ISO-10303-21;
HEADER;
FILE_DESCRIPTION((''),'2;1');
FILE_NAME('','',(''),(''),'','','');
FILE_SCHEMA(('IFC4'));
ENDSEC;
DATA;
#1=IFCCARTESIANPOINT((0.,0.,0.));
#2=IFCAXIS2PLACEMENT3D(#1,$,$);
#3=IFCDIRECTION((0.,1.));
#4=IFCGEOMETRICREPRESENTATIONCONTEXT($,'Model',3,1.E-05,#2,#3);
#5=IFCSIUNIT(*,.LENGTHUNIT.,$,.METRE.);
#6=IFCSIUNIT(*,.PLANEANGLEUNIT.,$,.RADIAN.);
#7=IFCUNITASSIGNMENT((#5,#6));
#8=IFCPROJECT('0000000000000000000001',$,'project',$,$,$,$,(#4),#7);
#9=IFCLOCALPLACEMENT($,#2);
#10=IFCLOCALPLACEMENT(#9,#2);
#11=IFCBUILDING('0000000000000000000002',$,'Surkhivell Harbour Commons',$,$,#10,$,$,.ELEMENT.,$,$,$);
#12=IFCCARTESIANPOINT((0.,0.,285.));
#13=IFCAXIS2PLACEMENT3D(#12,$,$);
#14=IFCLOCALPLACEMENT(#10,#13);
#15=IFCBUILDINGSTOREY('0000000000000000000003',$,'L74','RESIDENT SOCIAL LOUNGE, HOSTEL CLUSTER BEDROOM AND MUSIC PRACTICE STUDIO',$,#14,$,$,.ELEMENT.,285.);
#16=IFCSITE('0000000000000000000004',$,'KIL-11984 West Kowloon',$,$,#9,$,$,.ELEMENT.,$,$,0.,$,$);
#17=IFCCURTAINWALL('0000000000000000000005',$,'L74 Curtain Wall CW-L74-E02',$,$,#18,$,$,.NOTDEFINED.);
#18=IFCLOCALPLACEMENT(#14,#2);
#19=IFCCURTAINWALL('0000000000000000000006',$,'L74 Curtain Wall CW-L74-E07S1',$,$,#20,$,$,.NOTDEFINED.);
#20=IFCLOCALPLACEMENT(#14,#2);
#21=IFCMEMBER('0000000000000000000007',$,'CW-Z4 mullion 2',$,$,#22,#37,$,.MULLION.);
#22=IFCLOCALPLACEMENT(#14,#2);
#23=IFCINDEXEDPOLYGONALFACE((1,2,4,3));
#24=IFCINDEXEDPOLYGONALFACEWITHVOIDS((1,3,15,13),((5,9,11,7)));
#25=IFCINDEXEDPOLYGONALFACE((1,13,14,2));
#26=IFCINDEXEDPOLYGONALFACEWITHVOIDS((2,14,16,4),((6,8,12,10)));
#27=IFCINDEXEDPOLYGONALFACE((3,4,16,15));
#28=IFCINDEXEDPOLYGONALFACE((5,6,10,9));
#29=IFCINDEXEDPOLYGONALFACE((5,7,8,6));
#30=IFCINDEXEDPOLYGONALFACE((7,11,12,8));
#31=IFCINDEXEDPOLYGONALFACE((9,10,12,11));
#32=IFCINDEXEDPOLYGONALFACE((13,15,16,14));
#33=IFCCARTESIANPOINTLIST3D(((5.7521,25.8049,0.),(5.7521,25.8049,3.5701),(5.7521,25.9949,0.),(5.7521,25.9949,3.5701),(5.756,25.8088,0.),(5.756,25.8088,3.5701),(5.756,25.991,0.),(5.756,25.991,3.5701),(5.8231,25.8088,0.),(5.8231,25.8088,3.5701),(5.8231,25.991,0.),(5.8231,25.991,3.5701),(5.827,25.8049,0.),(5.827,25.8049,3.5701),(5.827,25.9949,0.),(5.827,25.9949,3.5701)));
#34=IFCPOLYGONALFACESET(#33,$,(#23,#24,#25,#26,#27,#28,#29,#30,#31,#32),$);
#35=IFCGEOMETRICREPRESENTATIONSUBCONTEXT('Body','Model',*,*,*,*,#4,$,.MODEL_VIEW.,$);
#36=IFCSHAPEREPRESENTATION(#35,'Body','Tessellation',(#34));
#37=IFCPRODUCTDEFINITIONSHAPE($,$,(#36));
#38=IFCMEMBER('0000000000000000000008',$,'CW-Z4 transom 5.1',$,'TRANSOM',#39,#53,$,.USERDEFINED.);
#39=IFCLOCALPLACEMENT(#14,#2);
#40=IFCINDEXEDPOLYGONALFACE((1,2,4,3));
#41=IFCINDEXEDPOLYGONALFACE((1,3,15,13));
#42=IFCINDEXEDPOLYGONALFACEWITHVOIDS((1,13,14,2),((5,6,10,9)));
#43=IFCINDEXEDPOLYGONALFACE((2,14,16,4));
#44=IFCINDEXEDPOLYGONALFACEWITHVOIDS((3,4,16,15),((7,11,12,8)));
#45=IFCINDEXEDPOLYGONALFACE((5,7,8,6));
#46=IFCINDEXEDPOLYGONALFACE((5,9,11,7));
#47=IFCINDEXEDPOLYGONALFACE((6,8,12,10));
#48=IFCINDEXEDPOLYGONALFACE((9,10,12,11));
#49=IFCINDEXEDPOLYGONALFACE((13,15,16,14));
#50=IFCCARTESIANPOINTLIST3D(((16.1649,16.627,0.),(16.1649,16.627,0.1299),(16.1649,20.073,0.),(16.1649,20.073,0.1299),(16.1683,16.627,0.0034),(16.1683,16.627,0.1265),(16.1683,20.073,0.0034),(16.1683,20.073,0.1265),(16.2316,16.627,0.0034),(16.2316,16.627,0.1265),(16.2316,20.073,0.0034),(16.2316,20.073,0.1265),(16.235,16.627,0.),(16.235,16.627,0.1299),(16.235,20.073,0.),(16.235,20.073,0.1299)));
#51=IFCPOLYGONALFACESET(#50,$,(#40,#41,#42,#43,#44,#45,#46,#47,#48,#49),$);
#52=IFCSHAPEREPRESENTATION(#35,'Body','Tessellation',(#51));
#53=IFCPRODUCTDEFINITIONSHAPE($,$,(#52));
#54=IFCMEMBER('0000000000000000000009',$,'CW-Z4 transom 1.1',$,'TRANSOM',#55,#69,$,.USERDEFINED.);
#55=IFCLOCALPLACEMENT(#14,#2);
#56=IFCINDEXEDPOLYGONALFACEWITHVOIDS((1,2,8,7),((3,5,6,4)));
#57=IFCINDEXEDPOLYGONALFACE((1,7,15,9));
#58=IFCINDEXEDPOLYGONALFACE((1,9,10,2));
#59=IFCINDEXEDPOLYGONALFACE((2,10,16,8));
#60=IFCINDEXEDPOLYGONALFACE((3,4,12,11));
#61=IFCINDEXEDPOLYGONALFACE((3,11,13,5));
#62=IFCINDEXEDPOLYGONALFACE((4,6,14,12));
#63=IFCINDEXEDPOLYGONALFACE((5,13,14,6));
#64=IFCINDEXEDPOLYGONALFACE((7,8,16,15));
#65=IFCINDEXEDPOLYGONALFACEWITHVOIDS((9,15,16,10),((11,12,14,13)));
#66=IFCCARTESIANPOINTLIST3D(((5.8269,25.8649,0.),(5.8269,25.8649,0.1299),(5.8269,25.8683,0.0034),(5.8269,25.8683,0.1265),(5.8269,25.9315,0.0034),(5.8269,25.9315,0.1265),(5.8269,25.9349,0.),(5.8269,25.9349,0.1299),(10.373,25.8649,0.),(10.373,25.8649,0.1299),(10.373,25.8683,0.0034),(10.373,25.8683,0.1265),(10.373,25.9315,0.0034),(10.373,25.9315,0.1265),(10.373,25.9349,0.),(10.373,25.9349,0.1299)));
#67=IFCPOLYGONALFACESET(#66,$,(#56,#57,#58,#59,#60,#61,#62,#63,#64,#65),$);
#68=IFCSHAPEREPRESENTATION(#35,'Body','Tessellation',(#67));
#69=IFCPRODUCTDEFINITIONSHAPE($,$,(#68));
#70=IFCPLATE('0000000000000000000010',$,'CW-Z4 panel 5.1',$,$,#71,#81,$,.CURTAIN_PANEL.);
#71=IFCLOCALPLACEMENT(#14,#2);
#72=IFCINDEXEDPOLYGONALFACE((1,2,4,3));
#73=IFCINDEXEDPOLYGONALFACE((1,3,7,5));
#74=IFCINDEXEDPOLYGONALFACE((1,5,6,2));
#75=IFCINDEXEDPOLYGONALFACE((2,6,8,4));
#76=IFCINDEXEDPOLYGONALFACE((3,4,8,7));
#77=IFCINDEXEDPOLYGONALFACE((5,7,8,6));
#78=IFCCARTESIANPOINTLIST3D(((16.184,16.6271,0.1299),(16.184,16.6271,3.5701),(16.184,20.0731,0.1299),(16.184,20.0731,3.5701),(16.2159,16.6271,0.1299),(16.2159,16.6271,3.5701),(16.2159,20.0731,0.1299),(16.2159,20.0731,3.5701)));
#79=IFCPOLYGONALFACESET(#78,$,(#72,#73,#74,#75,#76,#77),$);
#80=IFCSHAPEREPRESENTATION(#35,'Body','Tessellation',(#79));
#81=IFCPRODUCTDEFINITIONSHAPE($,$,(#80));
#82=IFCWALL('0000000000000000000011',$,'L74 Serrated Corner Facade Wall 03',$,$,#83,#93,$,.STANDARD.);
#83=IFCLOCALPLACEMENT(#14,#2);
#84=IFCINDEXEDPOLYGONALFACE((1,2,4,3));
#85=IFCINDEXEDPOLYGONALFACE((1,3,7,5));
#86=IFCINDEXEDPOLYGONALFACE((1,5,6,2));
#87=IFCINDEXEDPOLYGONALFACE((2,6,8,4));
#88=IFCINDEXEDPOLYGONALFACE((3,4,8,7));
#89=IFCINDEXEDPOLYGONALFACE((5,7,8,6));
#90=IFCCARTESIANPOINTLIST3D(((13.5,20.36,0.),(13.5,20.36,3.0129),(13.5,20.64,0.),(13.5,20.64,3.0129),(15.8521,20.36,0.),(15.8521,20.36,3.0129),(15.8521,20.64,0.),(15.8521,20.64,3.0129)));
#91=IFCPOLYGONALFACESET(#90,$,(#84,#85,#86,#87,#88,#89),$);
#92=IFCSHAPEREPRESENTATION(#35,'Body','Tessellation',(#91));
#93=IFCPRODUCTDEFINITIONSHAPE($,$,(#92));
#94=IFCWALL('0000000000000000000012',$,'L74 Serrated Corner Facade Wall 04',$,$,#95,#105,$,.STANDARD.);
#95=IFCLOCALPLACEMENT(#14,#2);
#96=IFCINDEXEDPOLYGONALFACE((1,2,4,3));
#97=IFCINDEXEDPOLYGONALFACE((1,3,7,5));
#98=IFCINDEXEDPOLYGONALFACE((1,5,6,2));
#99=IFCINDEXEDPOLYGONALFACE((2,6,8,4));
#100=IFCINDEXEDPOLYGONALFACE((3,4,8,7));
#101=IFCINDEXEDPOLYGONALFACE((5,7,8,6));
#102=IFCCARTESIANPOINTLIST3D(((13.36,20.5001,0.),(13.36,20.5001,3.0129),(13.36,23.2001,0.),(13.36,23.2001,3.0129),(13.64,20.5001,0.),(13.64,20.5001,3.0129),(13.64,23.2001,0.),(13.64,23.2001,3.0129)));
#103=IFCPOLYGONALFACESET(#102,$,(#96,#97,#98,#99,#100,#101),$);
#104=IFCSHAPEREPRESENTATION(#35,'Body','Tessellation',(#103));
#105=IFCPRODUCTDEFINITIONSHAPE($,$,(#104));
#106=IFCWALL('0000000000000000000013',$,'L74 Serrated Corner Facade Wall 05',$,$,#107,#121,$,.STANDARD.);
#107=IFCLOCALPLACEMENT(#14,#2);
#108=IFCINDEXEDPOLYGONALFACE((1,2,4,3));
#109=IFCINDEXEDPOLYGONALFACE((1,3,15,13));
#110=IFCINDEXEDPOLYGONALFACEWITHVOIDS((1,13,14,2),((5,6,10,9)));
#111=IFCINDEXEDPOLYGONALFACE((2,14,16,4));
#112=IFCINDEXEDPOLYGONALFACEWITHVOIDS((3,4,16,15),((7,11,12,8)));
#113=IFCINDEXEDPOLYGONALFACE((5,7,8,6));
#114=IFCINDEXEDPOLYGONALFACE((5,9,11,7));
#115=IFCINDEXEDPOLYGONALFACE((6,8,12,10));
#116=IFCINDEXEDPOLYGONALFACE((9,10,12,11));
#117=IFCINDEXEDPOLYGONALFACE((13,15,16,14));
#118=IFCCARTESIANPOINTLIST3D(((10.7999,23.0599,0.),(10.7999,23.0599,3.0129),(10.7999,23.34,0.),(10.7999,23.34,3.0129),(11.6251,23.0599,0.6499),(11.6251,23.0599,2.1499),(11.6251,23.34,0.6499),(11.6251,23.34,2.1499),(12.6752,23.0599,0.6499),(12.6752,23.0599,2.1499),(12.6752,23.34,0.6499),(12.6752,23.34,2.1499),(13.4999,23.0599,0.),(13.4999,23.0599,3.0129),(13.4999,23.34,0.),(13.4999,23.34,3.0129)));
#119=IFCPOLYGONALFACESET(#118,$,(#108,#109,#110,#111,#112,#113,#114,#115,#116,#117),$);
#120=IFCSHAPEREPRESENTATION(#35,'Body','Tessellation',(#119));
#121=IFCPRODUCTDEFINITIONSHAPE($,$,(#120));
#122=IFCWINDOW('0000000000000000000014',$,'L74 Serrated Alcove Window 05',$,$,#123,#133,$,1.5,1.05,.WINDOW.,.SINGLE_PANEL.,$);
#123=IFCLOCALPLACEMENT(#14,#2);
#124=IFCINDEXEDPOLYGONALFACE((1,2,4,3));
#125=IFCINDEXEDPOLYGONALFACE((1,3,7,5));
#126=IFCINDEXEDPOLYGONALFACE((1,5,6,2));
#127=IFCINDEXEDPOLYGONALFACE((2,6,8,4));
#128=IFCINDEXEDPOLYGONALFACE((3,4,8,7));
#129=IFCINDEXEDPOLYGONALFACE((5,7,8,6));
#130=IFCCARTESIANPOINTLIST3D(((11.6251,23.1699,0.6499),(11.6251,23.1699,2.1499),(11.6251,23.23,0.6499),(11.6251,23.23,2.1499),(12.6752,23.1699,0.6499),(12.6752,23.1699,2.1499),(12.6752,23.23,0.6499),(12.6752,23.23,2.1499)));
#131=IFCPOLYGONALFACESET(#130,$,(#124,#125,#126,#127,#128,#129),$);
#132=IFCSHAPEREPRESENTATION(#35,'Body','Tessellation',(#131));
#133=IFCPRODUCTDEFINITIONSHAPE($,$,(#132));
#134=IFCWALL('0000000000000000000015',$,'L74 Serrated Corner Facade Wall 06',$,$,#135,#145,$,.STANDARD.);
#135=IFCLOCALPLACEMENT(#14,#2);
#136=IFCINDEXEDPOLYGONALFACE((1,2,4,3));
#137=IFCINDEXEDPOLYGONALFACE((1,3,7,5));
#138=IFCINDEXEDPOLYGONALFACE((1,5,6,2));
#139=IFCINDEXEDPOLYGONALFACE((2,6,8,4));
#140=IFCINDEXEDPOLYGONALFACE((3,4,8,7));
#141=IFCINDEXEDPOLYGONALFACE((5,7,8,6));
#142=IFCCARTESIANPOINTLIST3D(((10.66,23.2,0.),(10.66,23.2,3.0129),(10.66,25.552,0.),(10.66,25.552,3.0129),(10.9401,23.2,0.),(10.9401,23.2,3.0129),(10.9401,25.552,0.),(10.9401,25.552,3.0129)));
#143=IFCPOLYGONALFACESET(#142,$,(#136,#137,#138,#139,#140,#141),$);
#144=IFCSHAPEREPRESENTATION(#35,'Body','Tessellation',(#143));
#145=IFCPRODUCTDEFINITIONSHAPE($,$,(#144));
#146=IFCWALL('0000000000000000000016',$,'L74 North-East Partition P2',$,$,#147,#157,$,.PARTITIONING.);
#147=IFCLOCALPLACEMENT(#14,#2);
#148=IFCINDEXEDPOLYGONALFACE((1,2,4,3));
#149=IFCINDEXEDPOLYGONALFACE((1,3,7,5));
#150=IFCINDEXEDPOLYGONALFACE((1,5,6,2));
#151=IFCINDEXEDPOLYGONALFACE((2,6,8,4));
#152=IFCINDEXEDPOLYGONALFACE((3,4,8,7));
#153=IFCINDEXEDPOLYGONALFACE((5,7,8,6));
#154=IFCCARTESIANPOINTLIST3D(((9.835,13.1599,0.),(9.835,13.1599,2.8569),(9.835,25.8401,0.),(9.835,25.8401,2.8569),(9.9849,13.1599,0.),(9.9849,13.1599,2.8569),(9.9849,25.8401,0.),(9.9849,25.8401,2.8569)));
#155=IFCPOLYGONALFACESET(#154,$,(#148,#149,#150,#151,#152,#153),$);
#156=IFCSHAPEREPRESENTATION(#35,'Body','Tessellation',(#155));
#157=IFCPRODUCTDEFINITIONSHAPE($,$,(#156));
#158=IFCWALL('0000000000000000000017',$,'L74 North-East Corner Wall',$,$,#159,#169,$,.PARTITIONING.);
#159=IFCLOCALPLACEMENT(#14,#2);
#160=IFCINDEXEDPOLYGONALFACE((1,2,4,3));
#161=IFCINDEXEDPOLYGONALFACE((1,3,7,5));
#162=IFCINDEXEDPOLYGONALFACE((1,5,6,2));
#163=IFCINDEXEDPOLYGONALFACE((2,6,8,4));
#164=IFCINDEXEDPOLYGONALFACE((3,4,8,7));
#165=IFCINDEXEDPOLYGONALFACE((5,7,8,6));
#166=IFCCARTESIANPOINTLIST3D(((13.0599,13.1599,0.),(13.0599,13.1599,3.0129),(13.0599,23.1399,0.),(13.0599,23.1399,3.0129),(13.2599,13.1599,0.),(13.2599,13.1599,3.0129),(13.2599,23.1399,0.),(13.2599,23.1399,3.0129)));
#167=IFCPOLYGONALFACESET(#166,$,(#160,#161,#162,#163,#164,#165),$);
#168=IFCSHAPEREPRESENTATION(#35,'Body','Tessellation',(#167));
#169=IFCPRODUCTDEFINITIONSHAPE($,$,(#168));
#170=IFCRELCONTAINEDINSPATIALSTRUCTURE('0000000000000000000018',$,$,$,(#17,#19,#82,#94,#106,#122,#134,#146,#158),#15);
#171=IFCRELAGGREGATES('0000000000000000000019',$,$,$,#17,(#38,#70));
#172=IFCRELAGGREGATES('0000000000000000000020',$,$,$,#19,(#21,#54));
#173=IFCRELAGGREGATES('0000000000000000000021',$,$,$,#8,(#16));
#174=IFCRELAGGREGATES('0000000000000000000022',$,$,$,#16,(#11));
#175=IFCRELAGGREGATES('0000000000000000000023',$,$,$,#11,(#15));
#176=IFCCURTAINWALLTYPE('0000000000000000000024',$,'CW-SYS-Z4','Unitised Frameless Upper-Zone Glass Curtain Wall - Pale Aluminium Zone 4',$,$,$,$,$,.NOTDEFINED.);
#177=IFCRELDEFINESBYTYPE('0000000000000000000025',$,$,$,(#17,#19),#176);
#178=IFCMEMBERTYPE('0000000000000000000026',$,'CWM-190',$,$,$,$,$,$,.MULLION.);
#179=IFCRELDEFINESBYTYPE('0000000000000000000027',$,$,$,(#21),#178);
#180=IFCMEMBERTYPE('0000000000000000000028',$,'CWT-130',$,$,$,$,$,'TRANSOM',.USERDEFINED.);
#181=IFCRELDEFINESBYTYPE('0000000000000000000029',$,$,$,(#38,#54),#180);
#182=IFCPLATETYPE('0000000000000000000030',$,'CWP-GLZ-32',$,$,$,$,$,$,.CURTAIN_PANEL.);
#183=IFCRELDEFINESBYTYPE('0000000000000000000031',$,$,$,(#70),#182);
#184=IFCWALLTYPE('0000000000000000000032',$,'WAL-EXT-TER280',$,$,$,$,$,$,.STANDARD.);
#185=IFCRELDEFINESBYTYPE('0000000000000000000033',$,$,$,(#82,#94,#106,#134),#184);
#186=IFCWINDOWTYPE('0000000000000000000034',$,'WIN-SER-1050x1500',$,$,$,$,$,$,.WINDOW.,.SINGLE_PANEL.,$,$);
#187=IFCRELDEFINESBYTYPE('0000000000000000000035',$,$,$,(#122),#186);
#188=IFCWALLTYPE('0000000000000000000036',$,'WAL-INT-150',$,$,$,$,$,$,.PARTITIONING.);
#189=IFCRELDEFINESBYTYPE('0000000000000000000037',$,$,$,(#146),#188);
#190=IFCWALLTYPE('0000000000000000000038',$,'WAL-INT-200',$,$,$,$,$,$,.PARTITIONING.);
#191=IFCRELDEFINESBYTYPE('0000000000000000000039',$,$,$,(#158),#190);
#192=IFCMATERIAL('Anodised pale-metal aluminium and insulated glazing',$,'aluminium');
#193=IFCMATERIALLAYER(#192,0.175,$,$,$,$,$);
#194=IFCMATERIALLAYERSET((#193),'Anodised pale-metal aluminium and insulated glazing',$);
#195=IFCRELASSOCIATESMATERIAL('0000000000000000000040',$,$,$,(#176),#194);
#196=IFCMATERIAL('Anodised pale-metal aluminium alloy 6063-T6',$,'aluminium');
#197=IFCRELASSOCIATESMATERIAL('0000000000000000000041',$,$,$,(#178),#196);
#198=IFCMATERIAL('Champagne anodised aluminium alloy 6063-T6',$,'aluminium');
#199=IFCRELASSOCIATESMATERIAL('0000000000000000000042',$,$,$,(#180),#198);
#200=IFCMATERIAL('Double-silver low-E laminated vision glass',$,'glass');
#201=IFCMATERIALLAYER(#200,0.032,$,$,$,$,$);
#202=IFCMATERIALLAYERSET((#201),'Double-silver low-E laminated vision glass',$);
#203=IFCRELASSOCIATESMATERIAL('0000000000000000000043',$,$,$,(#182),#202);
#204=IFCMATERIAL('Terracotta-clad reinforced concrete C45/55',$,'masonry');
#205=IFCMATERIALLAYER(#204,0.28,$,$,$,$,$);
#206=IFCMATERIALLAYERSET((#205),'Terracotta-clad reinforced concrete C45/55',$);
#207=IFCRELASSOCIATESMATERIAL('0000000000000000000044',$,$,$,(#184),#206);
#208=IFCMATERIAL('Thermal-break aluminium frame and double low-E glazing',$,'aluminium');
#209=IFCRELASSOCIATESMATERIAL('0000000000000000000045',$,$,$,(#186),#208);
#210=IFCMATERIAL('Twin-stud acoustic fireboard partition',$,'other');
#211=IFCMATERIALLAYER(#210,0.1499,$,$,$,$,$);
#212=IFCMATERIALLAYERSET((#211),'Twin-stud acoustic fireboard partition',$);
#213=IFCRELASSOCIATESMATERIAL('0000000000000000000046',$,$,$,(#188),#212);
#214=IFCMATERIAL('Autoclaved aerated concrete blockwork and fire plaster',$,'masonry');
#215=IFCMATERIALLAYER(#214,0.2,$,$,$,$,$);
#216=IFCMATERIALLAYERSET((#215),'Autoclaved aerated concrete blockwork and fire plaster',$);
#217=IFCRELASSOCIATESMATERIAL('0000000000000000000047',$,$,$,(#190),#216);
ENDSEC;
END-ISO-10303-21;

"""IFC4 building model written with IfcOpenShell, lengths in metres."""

from ifc_helpers import new_model, si_unit, direction, frame, frame_2d, origin, origin_2d, place, context, subcontext, project, spatial, rectangle, hollow_rectangle, extrude, material, layer, layer_set, material_profile, profile_set, type_object, element, fill, aggregate, save


model = new_model("IFC4")

# Units and contexts
model_context = context("Model", 3, precision=1e-05, world=origin(), true_north=direction((0.0, 1.0)))
body_context = subcontext(model_context, "Body", "Model", "MODEL_VIEW")
ifc_project = project(units=[si_unit("LENGTHUNIT", "METRE"), si_unit("PLANEANGLEUNIT", "RADIAN")], contexts=[model_context])

# Site, building, storey
site_placement = place(None, origin())
site = spatial("IfcSite", under=ifc_project, at=site_placement, Name="KIL-11984 West Kowloon", CompositionType="ELEMENT", RefElevation=0.0)
building_placement = place(site_placement, origin())
building = spatial("IfcBuilding", under=site, at=building_placement, Name="Surkhivell Harbour Commons", CompositionType="ELEMENT")
storey_placement = place(building_placement, frame((0.0, 0.0, 285.0)))
storey = spatial("IfcBuildingStorey", under=building, at=storey_placement, Name="L74", Description="RESIDENT SOCIAL LOUNGE, HOSTEL CLUSTER BEDROOM AND MUSIC PRACTICE STUDIO", CompositionType="ELEMENT", Elevation=285.0)

# Curtain walls, member
ifc_material_1 = material(Name="Anodised pale-metal aluminium and insulated glazing", Category="aluminium")
ifc_layer_1 = layer(ifc_material_1, 0.175)
ifc_layer_set_1 = layer_set([ifc_layer_1], Name="Anodised pale-metal aluminium and insulated glazing")
curtain_wall_type = type_object("IfcCurtainWallType", Name="CW-SYS-Z4", Description="Unitised Frameless Upper-Zone Glass Curtain Wall - Pale Aluminium Zone 4", PredefinedType="NOTDEFINED", material=ifc_layer_set_1)
curtain_wall_1_placement = place(storey_placement, origin())
curtain_wall_1 = element("IfcCurtainWall", 1, at=curtain_wall_1_placement, inside=storey, type_object=curtain_wall_type, Name="L74 Curtain Wall CW-L74-E02", PredefinedType="NOTDEFINED")
ifc_material_2 = material(Name="Anodised pale-metal aluminium alloy 6063-T6", Category="aluminium")
ifc_material_profile_1 = material_profile(ifc_material_2, hollow_rectangle(XDim=0.075, YDim=0.1899, WallThickness=0.0039, at=origin_2d()), Name="ALU-MULL-75x190")
ifc_profile_set_1 = profile_set([ifc_material_profile_1], Name="Anodised pale-metal aluminium alloy 6063-T6")
member_type_1 = type_object("IfcMemberType", Name="CWM-190", PredefinedType="MULLION", material=ifc_profile_set_1)
curtain_wall_2_placement = place(storey_placement, origin())
curtain_wall_2 = element("IfcCurtainWall", 2, at=curtain_wall_2_placement, inside=storey, type_object=curtain_wall_type, Name="L74 Curtain Wall CW-L74-E07S1", PredefinedType="NOTDEFINED")
member_1_placement = place(storey_placement, frame((5.7896, 25.8999, 0.0), z_axis=(0.0, 0.0, 1.0), x_axis=(-1.0, 0.0, 0.0)))
member_1 = element("IfcMember", 3, at=member_1_placement, type_object=member_type_1, Name="CW-Z4 mullion 2", PredefinedType="MULLION", context=body_context, shape_type="SweptSolid", body=[
    extrude(hollow_rectangle(XDim=0.075, YDim=0.1899, WallThickness=0.0039, at=origin_2d()), origin(), (0.0, 0.0, 1.0), 3.5701),
])

# Members
ifc_material_3 = material(Name="Champagne anodised aluminium alloy 6063-T6", Category="aluminium")
ifc_material_profile_2 = material_profile(ifc_material_3, hollow_rectangle(XDim=0.0701, YDim=0.1299, WallThickness=0.0034, at=origin_2d()), Name="ALU-TRAN-70x130")
ifc_profile_set_2 = profile_set([ifc_material_profile_2], Name="Champagne anodised aluminium alloy 6063-T6")
member_type_2 = type_object("IfcMemberType", Name="CWT-130", ElementType="TRANSOM", PredefinedType="USERDEFINED", material=ifc_profile_set_2)
member_2_placement = place(storey_placement, frame((16.2, 16.627, 0.0649), z_axis=(0.0, 1.0, 0.0), x_axis=(-1.0, 0.0, 0.0)))
member_2 = element("IfcMember", 4, at=member_2_placement, type_object=member_type_2, Name="CW-Z4 transom 5.1", ObjectType="TRANSOM", PredefinedType="USERDEFINED", context=body_context, shape_type="SweptSolid", body=[
    extrude(hollow_rectangle(XDim=0.0701, YDim=0.1299, WallThickness=0.0034, at=origin_2d()), origin(), (0.0, 0.0, 1.0), 3.446),
])
member_3_placement = place(storey_placement, frame((10.373, 25.8999, 0.0649), z_axis=(-1.0, 0.0, 0.0), x_axis=(0.0, -1.0, 0.0)))
member_3 = element("IfcMember", 5, at=member_3_placement, type_object=member_type_2, Name="CW-Z4 transom 1.1", ObjectType="TRANSOM", PredefinedType="USERDEFINED", context=body_context, shape_type="SweptSolid", body=[
    extrude(hollow_rectangle(XDim=0.0701, YDim=0.1299, WallThickness=0.0034, at=origin_2d()), origin(), (0.0, 0.0, 1.0), 4.5461),
])

# Plate
ifc_material_4 = material(Name="Double-silver low-E laminated vision glass", Category="glass")
ifc_layer_2 = layer(ifc_material_4, 0.032)
ifc_layer_set_2 = layer_set([ifc_layer_2], Name="Double-silver low-E laminated vision glass")
plate_type = type_object("IfcPlateType", Name="CWP-GLZ-32", PredefinedType="CURTAIN_PANEL", material=ifc_layer_set_2)
plate_1_placement = place(storey_placement, frame((16.2, 16.627, 0.1299), z_axis=(0.0, 0.0, 1.0), x_axis=(0.0, 1.0, 0.0)))
plate_1 = element("IfcPlate", 6, at=plate_1_placement, type_object=plate_type, Name="CW-Z4 panel 5.1", PredefinedType="CURTAIN_PANEL", context=body_context, shape_type="SweptSolid", body=[
    extrude(rectangle(XDim=3.446, YDim=0.032, at=frame_2d((1.7231, 0.0))), origin(), (0.0, 0.0, 1.0), 3.4402),
])
aggregate(curtain_wall_1, [member_2, plate_1])
aggregate(curtain_wall_2, [member_1, member_3])

# Walls
ifc_material_5 = material(Name="Terracotta-clad reinforced concrete C45/55", Category="masonry")
ifc_layer_3 = layer(ifc_material_5, 0.28)
ifc_layer_set_3 = layer_set([ifc_layer_3], Name="Terracotta-clad reinforced concrete C45/55")
wall_type_1 = type_object("IfcWallType", Name="WAL-EXT-TER280", PredefinedType="STANDARD", material=ifc_layer_set_3)
wall_1_placement = place(storey_placement, frame((15.8521, 20.5, 0.0), z_axis=(0.0, 0.0, 1.0), x_axis=(-1.0, 0.0, 0.0)))
element("IfcWall", 7, at=wall_1_placement, inside=storey, type_object=wall_type_1, Name="L74 Serrated Corner Facade Wall 03", PredefinedType="STANDARD", context=body_context, shape_type="SweptSolid", body=[
    extrude(rectangle(XDim=2.3521, YDim=0.28, at=frame_2d((1.176, 0.0))), origin(), (0.0, 0.0, 1.0), 3.0129),
])
wall_2_placement = place(storey_placement, frame((13.5, 20.5, 0.0), z_axis=(0.0, 0.0, 1.0), x_axis=(0.0, 1.0, 0.0)))
element("IfcWall", 8, at=wall_2_placement, inside=storey, type_object=wall_type_1, Name="L74 Serrated Corner Facade Wall 04", PredefinedType="STANDARD", context=body_context, shape_type="SweptSolid", body=[
    extrude(rectangle(XDim=2.7, YDim=0.28, at=frame_2d((1.3501, 0.0))), origin(), (0.0, 0.0, 1.0), 3.0129),
])

# Wall, opening, window
wall_3_placement = place(storey_placement, frame((13.5, 23.2, 0.0), z_axis=(0.0, 0.0, 1.0), x_axis=(-1.0, 0.0, 0.0)))
wall_3 = element("IfcWall", 9, at=wall_3_placement, inside=storey, type_object=wall_type_1, Name="L74 Serrated Corner Facade Wall 05", PredefinedType="STANDARD", context=body_context, shape_type="SweptSolid", body=[
    extrude(rectangle(XDim=2.7, YDim=0.28, at=frame_2d((1.3501, 0.0))), origin(), (0.0, 0.0, 1.0), 3.0129),
])
opening_placement = place(wall_3_placement, frame((0.825, 0.0, 0.6499)))
opening = element("IfcOpeningElement", 10, at=opening_placement, cuts=wall_3, PredefinedType="OPENING", context=body_context, shape_type="SweptSolid", body=[
    extrude(rectangle(XDim=1.05, YDim=1.5, at=frame_2d((0.5249, 0.75))), frame((0.0, 0.1499, 0.0), z_axis=(0.0, -1.0, 0.0), x_axis=(1.0, 0.0, 0.0)), (0.0, 0.0, 1.0), 0.3),
])
ifc_material_6 = material(Name="Thermal-break aluminium frame and double low-E glazing", Category="aluminium")
window_type = type_object("IfcWindowType", Name="WIN-SER-1050x1500", PartitioningType="SINGLE_PANEL", PredefinedType="WINDOW", material=ifc_material_6)
window_placement = place(opening_placement, origin())
window = element("IfcWindow", 11, at=window_placement, inside=storey, type_object=window_type, Name="L74 Serrated Alcove Window 05", OverallHeight=1.5, OverallWidth=1.05, PartitioningType="SINGLE_PANEL", PredefinedType="WINDOW", context=body_context, shape_type="SweptSolid", body=[
    extrude(rectangle(XDim=1.05, YDim=1.5, at=frame_2d((0.5249, 0.75))), frame((0.0, 0.03, 0.0), z_axis=(0.0, -1.0, 0.0), x_axis=(1.0, 0.0, 0.0)), (0.0, 0.0, 1.0), 0.0601),
])
fill(opening, window)

# Walls
wall_4_placement = place(storey_placement, frame((10.8, 23.2, 0.0), z_axis=(0.0, 0.0, 1.0), x_axis=(0.0, 1.0, 0.0)))
element("IfcWall", 12, at=wall_4_placement, inside=storey, type_object=wall_type_1, Name="L74 Serrated Corner Facade Wall 06", PredefinedType="STANDARD", context=body_context, shape_type="SweptSolid", body=[
    extrude(rectangle(XDim=2.3521, YDim=0.28, at=frame_2d((1.176, 0.0))), origin(), (0.0, 0.0, 1.0), 3.0129),
])
ifc_material_7 = material(Name="Twin-stud acoustic fireboard partition", Category="other")
ifc_layer_4 = layer(ifc_material_7, 0.1499)
ifc_layer_set_4 = layer_set([ifc_layer_4], Name="Twin-stud acoustic fireboard partition")
wall_type_2 = type_object("IfcWallType", Name="WAL-INT-150", PredefinedType="PARTITIONING", material=ifc_layer_set_4)
wall_5_placement = place(storey_placement, frame((9.9099, 13.1599, 0.0), z_axis=(0.0, 0.0, 1.0), x_axis=(0.0, 1.0, 0.0)))
element("IfcWall", 13, at=wall_5_placement, inside=storey, type_object=wall_type_2, Name="L74 North-East Partition P2", PredefinedType="PARTITIONING", context=body_context, shape_type="SweptSolid", body=[
    extrude(rectangle(XDim=12.6802, YDim=0.1499, at=frame_2d((6.3401, 0.0))), origin(), (0.0, 0.0, 1.0), 2.8569),
])
ifc_material_8 = material(Name="Autoclaved aerated concrete blockwork and fire plaster", Category="masonry")
ifc_layer_5 = layer(ifc_material_8, 0.2)
ifc_layer_set_5 = layer_set([ifc_layer_5], Name="Autoclaved aerated concrete blockwork and fire plaster")
wall_type_3 = type_object("IfcWallType", Name="WAL-INT-200", PredefinedType="PARTITIONING", material=ifc_layer_set_5)
wall_6_placement = place(storey_placement, frame((13.1599, 13.1599, 0.0), z_axis=(0.0, 0.0, 1.0), x_axis=(0.0, 1.0, 0.0)))
element("IfcWall", 14, at=wall_6_placement, inside=storey, type_object=wall_type_3, Name="L74 North-East Corner Wall", PredefinedType="PARTITIONING", context=body_context, shape_type="SweptSolid", body=[
    extrude(rectangle(XDim=9.98, YDim=0.2, at=frame_2d((4.99, 0.0))), origin(), (0.0, 0.0, 1.0), 3.0129),
])

save(model, "model.ifc")
